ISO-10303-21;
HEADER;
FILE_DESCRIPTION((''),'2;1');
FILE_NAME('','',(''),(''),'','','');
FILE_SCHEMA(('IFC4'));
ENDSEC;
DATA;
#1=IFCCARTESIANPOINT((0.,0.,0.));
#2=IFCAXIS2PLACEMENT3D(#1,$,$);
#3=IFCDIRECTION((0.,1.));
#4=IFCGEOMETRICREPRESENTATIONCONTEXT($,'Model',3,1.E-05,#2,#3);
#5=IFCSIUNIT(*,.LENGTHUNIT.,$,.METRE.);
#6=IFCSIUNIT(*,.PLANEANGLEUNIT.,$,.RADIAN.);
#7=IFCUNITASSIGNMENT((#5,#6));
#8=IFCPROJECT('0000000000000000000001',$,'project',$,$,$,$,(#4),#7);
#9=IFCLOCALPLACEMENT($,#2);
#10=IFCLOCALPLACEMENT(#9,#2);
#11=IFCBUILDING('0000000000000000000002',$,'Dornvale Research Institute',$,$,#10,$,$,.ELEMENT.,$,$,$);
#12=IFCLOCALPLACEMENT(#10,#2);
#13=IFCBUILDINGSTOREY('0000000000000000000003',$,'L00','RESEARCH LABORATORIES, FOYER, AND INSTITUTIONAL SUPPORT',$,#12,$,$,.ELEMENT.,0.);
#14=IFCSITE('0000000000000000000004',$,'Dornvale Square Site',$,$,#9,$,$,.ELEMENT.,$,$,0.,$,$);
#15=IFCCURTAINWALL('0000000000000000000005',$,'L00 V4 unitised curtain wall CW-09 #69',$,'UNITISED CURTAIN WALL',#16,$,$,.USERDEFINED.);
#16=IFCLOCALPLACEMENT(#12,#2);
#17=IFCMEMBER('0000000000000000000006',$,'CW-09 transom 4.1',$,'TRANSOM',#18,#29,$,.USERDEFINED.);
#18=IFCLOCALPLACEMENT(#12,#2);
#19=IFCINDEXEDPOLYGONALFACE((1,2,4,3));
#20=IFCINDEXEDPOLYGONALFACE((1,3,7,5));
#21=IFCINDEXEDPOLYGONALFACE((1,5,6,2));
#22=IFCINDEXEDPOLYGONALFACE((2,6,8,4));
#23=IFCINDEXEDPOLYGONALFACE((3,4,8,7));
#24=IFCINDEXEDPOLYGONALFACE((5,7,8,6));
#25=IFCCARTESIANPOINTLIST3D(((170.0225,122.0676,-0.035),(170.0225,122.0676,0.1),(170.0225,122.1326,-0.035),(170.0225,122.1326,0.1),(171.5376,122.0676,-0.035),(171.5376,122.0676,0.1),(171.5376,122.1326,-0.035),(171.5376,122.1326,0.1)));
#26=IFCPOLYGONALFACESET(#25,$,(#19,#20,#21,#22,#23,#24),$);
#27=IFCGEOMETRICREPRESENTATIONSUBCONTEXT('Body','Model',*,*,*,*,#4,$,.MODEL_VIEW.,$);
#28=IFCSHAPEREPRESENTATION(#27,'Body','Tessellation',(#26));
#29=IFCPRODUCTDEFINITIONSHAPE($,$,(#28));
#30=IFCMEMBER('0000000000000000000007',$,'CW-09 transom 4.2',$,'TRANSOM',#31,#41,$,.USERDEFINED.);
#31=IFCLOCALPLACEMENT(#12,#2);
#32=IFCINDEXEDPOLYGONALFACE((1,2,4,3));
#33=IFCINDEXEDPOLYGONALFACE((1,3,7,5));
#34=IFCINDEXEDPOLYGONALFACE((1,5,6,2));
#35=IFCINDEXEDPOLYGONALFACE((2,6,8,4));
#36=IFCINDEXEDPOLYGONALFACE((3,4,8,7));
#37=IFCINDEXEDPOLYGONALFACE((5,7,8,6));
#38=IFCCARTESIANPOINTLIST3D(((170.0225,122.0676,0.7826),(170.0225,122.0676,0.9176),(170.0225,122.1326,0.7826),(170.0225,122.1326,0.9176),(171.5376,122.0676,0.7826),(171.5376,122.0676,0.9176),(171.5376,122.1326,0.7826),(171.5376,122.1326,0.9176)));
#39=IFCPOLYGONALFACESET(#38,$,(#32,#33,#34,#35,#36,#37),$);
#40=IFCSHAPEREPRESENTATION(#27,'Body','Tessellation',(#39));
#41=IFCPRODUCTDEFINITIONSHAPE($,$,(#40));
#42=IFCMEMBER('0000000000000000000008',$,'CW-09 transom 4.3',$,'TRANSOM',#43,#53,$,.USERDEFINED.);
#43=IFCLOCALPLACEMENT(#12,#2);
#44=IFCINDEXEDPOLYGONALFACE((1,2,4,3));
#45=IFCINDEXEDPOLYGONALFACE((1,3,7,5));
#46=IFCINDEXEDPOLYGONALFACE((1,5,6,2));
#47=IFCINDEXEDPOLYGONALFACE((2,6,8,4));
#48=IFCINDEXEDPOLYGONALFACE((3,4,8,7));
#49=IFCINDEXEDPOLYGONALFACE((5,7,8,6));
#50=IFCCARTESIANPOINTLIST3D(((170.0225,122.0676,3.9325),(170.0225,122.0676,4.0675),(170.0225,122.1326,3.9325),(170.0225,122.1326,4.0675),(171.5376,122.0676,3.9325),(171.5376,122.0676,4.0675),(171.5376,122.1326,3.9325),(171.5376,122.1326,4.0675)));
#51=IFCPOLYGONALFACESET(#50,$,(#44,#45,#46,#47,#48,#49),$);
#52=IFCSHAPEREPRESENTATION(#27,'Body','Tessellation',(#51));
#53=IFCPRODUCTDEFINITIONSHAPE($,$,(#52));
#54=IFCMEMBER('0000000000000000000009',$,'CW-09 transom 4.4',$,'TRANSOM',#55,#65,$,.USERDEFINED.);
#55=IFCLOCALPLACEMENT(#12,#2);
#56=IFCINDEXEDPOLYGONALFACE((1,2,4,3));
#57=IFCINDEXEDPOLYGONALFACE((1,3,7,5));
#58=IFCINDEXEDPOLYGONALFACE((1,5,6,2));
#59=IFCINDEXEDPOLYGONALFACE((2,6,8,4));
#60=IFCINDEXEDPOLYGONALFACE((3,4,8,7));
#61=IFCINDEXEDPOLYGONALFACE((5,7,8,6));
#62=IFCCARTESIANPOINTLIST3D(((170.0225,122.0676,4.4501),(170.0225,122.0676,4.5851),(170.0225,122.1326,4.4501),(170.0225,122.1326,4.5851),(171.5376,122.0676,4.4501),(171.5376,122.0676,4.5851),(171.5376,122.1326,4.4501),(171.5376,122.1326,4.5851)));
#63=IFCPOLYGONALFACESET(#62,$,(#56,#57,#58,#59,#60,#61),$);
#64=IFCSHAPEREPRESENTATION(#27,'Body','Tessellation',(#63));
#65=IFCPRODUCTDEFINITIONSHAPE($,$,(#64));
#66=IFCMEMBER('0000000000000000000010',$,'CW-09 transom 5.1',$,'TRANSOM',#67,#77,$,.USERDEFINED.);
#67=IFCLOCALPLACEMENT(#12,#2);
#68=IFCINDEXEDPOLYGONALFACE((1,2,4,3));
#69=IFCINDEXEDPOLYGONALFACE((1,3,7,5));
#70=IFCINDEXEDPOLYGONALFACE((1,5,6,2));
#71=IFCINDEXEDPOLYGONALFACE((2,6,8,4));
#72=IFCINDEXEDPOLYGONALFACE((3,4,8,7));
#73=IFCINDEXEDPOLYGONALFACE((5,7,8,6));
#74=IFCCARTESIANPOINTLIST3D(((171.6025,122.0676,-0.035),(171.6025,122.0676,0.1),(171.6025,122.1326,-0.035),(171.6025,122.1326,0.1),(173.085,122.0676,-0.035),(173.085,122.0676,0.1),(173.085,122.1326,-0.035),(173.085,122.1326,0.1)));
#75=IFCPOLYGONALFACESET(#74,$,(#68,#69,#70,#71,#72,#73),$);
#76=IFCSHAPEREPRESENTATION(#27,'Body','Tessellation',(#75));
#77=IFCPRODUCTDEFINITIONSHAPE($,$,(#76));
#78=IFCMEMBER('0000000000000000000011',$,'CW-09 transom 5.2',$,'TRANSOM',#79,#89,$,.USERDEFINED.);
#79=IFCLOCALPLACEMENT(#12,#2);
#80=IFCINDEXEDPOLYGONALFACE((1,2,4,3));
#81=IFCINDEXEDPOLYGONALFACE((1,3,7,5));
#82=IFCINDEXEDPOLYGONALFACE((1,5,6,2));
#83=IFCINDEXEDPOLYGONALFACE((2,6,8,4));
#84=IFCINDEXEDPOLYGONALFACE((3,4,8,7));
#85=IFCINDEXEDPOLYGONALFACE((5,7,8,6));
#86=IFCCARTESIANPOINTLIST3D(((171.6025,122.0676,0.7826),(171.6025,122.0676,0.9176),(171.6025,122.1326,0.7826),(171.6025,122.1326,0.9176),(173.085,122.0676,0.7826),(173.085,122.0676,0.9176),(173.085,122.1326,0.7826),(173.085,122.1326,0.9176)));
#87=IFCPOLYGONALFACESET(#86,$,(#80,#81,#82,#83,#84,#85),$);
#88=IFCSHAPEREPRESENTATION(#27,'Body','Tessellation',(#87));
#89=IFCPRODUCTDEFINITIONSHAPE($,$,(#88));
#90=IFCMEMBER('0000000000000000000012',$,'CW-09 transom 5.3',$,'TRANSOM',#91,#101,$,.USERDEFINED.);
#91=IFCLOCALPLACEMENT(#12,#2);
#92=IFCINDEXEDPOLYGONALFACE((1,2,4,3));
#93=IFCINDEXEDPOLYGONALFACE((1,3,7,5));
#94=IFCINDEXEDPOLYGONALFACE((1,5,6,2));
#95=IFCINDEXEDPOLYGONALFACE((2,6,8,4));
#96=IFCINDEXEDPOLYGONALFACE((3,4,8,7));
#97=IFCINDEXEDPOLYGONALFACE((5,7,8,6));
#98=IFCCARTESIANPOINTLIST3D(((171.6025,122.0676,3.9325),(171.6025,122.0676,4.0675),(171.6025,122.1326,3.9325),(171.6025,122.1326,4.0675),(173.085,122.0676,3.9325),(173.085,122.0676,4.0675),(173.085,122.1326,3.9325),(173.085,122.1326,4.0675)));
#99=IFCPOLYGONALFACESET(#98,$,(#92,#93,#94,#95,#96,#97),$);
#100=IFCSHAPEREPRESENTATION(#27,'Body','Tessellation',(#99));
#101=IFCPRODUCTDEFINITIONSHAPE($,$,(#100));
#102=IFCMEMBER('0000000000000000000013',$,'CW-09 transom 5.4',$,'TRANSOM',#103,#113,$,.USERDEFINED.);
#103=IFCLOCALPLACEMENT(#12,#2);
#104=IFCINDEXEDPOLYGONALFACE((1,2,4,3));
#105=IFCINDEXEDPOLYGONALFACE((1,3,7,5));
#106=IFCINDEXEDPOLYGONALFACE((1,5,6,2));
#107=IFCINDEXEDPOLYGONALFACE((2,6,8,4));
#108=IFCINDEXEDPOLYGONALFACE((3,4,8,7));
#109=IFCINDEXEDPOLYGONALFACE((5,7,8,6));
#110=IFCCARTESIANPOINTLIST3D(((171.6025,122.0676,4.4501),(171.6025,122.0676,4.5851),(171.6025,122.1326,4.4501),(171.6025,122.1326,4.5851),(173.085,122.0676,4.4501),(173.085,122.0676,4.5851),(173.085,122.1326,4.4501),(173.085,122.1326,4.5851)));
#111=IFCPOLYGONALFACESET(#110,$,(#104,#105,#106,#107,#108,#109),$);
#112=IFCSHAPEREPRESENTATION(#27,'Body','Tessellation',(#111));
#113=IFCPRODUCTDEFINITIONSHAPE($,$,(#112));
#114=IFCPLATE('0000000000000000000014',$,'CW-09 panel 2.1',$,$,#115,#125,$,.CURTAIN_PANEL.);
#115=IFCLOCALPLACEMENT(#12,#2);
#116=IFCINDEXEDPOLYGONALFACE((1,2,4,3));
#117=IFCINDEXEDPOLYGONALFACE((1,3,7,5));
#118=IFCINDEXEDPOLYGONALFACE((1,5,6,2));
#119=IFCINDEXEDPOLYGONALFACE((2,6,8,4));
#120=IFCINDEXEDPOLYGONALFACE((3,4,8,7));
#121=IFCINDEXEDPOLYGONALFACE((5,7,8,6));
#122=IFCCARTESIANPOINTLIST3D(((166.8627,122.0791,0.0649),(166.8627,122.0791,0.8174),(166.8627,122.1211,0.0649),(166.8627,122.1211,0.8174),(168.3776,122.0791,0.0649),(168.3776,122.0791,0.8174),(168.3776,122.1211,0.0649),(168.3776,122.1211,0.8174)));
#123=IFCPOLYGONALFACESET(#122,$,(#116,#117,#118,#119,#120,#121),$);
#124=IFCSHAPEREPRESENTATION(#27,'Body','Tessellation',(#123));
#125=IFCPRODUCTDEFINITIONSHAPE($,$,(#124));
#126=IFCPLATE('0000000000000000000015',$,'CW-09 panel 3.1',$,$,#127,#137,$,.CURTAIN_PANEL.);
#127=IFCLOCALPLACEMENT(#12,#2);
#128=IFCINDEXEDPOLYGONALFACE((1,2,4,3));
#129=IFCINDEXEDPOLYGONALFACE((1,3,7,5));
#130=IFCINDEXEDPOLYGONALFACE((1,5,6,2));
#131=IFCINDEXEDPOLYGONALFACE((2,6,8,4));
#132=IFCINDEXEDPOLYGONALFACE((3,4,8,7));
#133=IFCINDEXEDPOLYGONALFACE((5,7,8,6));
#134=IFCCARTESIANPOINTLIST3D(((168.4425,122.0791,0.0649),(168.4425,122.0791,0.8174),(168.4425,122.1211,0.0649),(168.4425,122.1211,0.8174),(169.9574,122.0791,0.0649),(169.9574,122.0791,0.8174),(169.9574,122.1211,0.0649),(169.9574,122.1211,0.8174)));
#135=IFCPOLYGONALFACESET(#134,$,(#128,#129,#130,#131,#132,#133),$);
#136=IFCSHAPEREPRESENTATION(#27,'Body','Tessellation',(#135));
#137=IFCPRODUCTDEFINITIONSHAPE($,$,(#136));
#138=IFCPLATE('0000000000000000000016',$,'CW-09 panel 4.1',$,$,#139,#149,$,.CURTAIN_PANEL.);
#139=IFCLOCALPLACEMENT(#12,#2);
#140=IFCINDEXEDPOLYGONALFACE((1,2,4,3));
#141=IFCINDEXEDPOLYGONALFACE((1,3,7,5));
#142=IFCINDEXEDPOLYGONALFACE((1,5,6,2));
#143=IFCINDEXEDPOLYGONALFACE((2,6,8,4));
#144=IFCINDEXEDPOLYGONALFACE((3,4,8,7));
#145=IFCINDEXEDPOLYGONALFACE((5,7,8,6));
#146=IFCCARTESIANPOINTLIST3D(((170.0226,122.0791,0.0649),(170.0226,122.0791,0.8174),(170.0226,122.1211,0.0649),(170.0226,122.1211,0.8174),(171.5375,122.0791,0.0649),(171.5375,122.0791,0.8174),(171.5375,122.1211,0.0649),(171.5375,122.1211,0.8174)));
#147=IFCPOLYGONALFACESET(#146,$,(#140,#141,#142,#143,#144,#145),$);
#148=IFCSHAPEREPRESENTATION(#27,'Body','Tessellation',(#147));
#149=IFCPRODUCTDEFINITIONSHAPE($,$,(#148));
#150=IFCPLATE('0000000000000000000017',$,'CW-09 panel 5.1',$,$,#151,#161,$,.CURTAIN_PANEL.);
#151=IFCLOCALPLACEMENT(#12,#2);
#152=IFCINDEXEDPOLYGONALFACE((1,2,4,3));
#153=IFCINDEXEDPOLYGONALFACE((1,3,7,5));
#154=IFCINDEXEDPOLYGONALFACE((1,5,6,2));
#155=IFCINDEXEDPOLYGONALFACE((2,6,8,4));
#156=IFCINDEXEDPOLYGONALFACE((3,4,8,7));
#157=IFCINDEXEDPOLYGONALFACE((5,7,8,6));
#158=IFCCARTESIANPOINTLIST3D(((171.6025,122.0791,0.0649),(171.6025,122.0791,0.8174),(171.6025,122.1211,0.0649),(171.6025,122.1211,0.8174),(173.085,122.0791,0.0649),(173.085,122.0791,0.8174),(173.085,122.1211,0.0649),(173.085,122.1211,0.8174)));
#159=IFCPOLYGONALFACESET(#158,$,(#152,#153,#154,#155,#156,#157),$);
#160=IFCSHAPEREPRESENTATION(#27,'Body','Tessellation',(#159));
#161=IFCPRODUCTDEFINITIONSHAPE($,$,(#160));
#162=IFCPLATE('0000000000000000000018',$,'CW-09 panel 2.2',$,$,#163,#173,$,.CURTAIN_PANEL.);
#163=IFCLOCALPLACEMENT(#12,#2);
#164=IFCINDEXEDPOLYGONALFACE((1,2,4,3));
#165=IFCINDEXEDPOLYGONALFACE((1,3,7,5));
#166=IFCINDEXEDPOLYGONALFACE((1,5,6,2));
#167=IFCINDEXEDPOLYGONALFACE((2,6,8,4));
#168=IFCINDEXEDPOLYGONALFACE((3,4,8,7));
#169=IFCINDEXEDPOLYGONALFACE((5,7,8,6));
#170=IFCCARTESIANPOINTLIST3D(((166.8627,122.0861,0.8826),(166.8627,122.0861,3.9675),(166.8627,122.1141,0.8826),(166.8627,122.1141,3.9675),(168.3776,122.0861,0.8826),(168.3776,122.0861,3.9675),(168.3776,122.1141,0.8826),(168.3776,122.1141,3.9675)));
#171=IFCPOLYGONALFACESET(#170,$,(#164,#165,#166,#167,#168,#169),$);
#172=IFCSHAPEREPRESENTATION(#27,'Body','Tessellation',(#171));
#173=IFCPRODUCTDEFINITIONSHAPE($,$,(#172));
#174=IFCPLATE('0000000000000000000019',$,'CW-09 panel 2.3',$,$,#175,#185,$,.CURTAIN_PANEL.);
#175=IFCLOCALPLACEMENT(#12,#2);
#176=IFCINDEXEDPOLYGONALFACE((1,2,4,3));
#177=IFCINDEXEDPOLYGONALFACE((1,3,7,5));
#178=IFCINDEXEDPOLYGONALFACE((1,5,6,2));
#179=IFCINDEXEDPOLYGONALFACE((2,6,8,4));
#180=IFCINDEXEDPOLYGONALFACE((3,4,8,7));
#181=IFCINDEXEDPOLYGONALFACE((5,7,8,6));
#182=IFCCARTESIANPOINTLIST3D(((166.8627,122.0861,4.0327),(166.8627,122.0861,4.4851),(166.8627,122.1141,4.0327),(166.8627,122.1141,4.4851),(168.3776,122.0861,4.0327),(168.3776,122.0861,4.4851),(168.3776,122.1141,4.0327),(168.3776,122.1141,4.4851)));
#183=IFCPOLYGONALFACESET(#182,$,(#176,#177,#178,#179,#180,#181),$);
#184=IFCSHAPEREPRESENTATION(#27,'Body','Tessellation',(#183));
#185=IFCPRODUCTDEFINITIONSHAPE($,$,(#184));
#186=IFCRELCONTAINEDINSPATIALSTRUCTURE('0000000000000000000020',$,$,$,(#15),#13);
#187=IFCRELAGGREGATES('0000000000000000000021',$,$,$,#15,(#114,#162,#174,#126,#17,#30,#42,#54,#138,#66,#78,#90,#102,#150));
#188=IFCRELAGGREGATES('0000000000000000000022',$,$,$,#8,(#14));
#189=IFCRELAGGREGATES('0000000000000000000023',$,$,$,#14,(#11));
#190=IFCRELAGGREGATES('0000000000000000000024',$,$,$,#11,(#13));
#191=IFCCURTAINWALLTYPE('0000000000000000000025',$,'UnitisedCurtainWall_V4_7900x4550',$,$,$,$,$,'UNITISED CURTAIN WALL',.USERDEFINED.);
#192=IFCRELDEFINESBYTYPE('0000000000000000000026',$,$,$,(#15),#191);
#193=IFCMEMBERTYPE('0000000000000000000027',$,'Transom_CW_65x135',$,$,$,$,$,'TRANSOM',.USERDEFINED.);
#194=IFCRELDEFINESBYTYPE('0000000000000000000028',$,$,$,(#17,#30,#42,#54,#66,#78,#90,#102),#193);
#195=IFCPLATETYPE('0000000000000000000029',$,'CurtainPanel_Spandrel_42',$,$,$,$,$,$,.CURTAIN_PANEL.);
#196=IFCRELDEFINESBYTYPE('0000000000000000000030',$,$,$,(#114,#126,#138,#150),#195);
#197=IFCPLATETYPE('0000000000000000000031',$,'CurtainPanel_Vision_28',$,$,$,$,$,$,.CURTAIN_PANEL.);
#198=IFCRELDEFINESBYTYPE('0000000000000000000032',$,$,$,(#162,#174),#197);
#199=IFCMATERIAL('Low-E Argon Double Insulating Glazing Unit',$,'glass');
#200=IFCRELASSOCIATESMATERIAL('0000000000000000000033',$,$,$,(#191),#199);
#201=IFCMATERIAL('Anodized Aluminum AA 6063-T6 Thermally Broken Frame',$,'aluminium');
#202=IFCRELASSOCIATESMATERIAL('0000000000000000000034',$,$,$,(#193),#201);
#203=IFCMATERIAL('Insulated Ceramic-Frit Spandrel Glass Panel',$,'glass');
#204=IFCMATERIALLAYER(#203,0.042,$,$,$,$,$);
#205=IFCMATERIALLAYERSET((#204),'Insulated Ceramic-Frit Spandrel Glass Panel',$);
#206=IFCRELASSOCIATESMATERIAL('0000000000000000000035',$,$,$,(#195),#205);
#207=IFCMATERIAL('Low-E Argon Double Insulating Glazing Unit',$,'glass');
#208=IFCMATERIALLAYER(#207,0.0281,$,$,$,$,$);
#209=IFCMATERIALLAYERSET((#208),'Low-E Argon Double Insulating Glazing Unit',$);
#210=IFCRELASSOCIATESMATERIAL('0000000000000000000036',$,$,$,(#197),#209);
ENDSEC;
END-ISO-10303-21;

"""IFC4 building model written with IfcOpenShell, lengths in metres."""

from ifc_helpers import new_model, si_unit, direction, frame, origin, origin_2d, place, context, subcontext, project, spatial, rectangle, extrude, material, layer, layer_set, material_profile, profile_set, type_object, element, aggregate, save


model = new_model("IFC4")

# Units and contexts
model_context = context("Model", 3, precision=1e-05, world=origin(), true_north=direction((0.0, 1.0)))
body_context = subcontext(model_context, "Body", "Model", "MODEL_VIEW")
ifc_project = project(units=[si_unit("LENGTHUNIT", "METRE"), si_unit("PLANEANGLEUNIT", "RADIAN")], contexts=[model_context])

# Site, building, storey
site_placement = place(None, origin())
site = spatial("IfcSite", under=ifc_project, at=site_placement, Name="Dornvale Square Site", CompositionType="ELEMENT", RefElevation=0.0)
building_placement = place(site_placement, origin())
building = spatial("IfcBuilding", under=site, at=building_placement, Name="Dornvale Research Institute", CompositionType="ELEMENT")
storey_placement = place(building_placement, origin())
storey = spatial("IfcBuildingStorey", under=building, at=storey_placement, Name="L00", Description="RESEARCH LABORATORIES, FOYER, AND INSTITUTIONAL SUPPORT", CompositionType="ELEMENT", Elevation=0.0)

# Curtain wall, members, plates
ifc_material_1 = material(Name="Low-E Argon Double Insulating Glazing Unit", Category="glass")
curtain_wall_type = type_object("IfcCurtainWallType", Name="UnitisedCurtainWall_V4_7900x4550", ElementType="UNITISED CURTAIN WALL", PredefinedType="USERDEFINED", material=ifc_material_1)
curtain_wall_placement = place(storey_placement, origin())
curtain_wall = element("IfcCurtainWall", 1, at=curtain_wall_placement, inside=storey, type_object=curtain_wall_type, Name="L00 V4 unitised curtain wall CW-09 #69", ObjectType="UNITISED CURTAIN WALL", PredefinedType="USERDEFINED")
ifc_material_2 = material(Name="Anodized Aluminum AA 6063-T6 Thermally Broken Frame", Category="aluminium")
ifc_material_profile_1 = material_profile(ifc_material_2, rectangle(XDim=0.0649, YDim=0.135, at=origin_2d()), Name="ALU TRANSOM 65x135")
ifc_profile_set_1 = profile_set([ifc_material_profile_1], Name="Anodized Aluminum AA 6063-T6 Thermally Broken Frame")
member_type_1 = type_object("IfcMemberType", Name="Transom_CW_65x135", ElementType="TRANSOM", PredefinedType="USERDEFINED", material=ifc_profile_set_1)
member_1_placement = place(storey_placement, frame((170.0225, 122.1001, 0.0325), z_axis=(1.0, 0.0, 0.0), x_axis=(0.0, 1.0, 0.0)))
member_1 = element("IfcMember", 2, at=member_1_placement, type_object=member_type_1, Name="CW-09 transom 4.1", ObjectType="TRANSOM", PredefinedType="USERDEFINED", context=body_context, shape_type="SweptSolid", body=[
    extrude(rectangle(XDim=0.0649, YDim=0.135, at=origin_2d()), origin(), (0.0, 0.0, 1.0), 1.5151),
])
member_2_placement = place(storey_placement, frame((170.0225, 122.1001, 0.8501), z_axis=(1.0, 0.0, 0.0), x_axis=(0.0, 1.0, 0.0)))
member_2 = element("IfcMember", 3, at=member_2_placement, type_object=member_type_1, Name="CW-09 transom 4.2", ObjectType="TRANSOM", PredefinedType="USERDEFINED", context=body_context, shape_type="SweptSolid", body=[
    extrude(rectangle(XDim=0.0649, YDim=0.135, at=origin_2d()), origin(), (0.0, 0.0, 1.0), 1.5151),
])
member_3_placement = place(storey_placement, frame((170.0225, 122.1001, 4.0), z_axis=(1.0, 0.0, 0.0), x_axis=(0.0, 1.0, 0.0)))
member_3 = element("IfcMember", 4, at=member_3_placement, type_object=member_type_1, Name="CW-09 transom 4.3", ObjectType="TRANSOM", PredefinedType="USERDEFINED", context=body_context, shape_type="SweptSolid", body=[
    extrude(rectangle(XDim=0.0649, YDim=0.135, at=origin_2d()), origin(), (0.0, 0.0, 1.0), 1.5151),
])
member_4_placement = place(storey_placement, frame((170.0225, 122.1001, 4.5176), z_axis=(1.0, 0.0, 0.0), x_axis=(0.0, 1.0, 0.0)))
member_4 = element("IfcMember", 5, at=member_4_placement, type_object=member_type_1, Name="CW-09 transom 4.4", ObjectType="TRANSOM", PredefinedType="USERDEFINED", context=body_context, shape_type="SweptSolid", body=[
    extrude(rectangle(XDim=0.0649, YDim=0.135, at=origin_2d()), origin(), (0.0, 0.0, 1.0), 1.5151),
])
member_5_placement = place(storey_placement, frame((171.6025, 122.1001, 0.0325), z_axis=(1.0, 0.0, 0.0), x_axis=(0.0, 1.0, 0.0)))
member_5 = element("IfcMember", 6, at=member_5_placement, type_object=member_type_1, Name="CW-09 transom 5.1", ObjectType="TRANSOM", PredefinedType="USERDEFINED", context=body_context, shape_type="SweptSolid", body=[
    extrude(rectangle(XDim=0.0649, YDim=0.135, at=origin_2d()), origin(), (0.0, 0.0, 1.0), 1.4824),
])
member_6_placement = place(storey_placement, frame((171.6025, 122.1001, 0.8501), z_axis=(1.0, 0.0, 0.0), x_axis=(0.0, 1.0, 0.0)))
member_6 = element("IfcMember", 7, at=member_6_placement, type_object=member_type_1, Name="CW-09 transom 5.2", ObjectType="TRANSOM", PredefinedType="USERDEFINED", context=body_context, shape_type="SweptSolid", body=[
    extrude(rectangle(XDim=0.0649, YDim=0.135, at=origin_2d()), origin(), (0.0, 0.0, 1.0), 1.4824),
])
member_7_placement = place(storey_placement, frame((171.6025, 122.1001, 4.0), z_axis=(1.0, 0.0, 0.0), x_axis=(0.0, 1.0, 0.0)))
member_7 = element("IfcMember", 8, at=member_7_placement, type_object=member_type_1, Name="CW-09 transom 5.3", ObjectType="TRANSOM", PredefinedType="USERDEFINED", context=body_context, shape_type="SweptSolid", body=[
    extrude(rectangle(XDim=0.0649, YDim=0.135, at=origin_2d()), origin(), (0.0, 0.0, 1.0), 1.4824),
])
member_8_placement = place(storey_placement, frame((171.6025, 122.1001, 4.5176), z_axis=(1.0, 0.0, 0.0), x_axis=(0.0, 1.0, 0.0)))
member_8 = element("IfcMember", 9, at=member_8_placement, type_object=member_type_1, Name="CW-09 transom 5.4", ObjectType="TRANSOM", PredefinedType="USERDEFINED", context=body_context, shape_type="SweptSolid", body=[
    extrude(rectangle(XDim=0.0649, YDim=0.135, at=origin_2d()), origin(), (0.0, 0.0, 1.0), 1.4824),
])
ifc_material_3 = material(Name="Insulated Ceramic-Frit Spandrel Glass Panel", Category="glass")
ifc_layer_1 = layer(ifc_material_3, 0.042)
ifc_layer_set_1 = layer_set([ifc_layer_1], Name="Insulated Ceramic-Frit Spandrel Glass Panel")
plate_type_1 = type_object("IfcPlateType", Name="CurtainPanel_Spandrel_42", PredefinedType="CURTAIN_PANEL", material=ifc_layer_set_1)
plate_1_placement = place(storey_placement, frame((167.6201, 122.1001, 0.0649), z_axis=(0.0, 0.0, 1.0), x_axis=(1.0, 0.0, 0.0)))
plate_1 = element("IfcPlate", 10, at=plate_1_placement, type_object=plate_type_1, Name="CW-09 panel 2.1", PredefinedType="CURTAIN_PANEL", context=body_context, shape_type="SweptSolid", body=[
    extrude(rectangle(XDim=1.5149, YDim=0.042, at=origin_2d()), origin(), (0.0, 0.0, 1.0), 0.7524),
])
plate_2_placement = place(storey_placement, frame((169.2, 122.1001, 0.0649), z_axis=(0.0, 0.0, 1.0), x_axis=(1.0, 0.0, 0.0)))
plate_2 = element("IfcPlate", 11, at=plate_2_placement, type_object=plate_type_1, Name="CW-09 panel 3.1", PredefinedType="CURTAIN_PANEL", context=body_context, shape_type="SweptSolid", body=[
    extrude(rectangle(XDim=1.5149, YDim=0.042, at=origin_2d()), origin(), (0.0, 0.0, 1.0), 0.7524),
])
plate_3_placement = place(storey_placement, frame((170.78, 122.1001, 0.0649), z_axis=(0.0, 0.0, 1.0), x_axis=(1.0, 0.0, 0.0)))
plate_3 = element("IfcPlate", 12, at=plate_3_placement, type_object=plate_type_1, Name="CW-09 panel 4.1", PredefinedType="CURTAIN_PANEL", context=body_context, shape_type="SweptSolid", body=[
    extrude(rectangle(XDim=1.5149, YDim=0.042, at=origin_2d()), origin(), (0.0, 0.0, 1.0), 0.7524),
])
plate_4_placement = place(storey_placement, frame((172.3438, 122.1001, 0.0649), z_axis=(0.0, 0.0, 1.0), x_axis=(1.0, 0.0, 0.0)))
plate_4 = element("IfcPlate", 13, at=plate_4_placement, type_object=plate_type_1, Name="CW-09 panel 5.1", PredefinedType="CURTAIN_PANEL", context=body_context, shape_type="SweptSolid", body=[
    extrude(rectangle(XDim=1.4824, YDim=0.042, at=origin_2d()), origin(), (0.0, 0.0, 1.0), 0.7524),
])
ifc_material_4 = material(Name="Low-E Argon Double Insulating Glazing Unit", Category="glass")
ifc_layer_2 = layer(ifc_material_4, 0.0281)
ifc_layer_set_2 = layer_set([ifc_layer_2], Name="Low-E Argon Double Insulating Glazing Unit")
plate_type_2 = type_object("IfcPlateType", Name="CurtainPanel_Vision_28", PredefinedType="CURTAIN_PANEL", material=ifc_layer_set_2)
plate_5_placement = place(storey_placement, frame((167.6201, 122.1001, 0.8826), z_axis=(0.0, 0.0, 1.0), x_axis=(1.0, 0.0, 0.0)))
plate_5 = element("IfcPlate", 14, at=plate_5_placement, type_object=plate_type_2, Name="CW-09 panel 2.2", PredefinedType="CURTAIN_PANEL", context=body_context, shape_type="SweptSolid", body=[
    extrude(rectangle(XDim=1.5149, YDim=0.0281, at=origin_2d()), origin(), (0.0, 0.0, 1.0), 3.085),
])
plate_6_placement = place(storey_placement, frame((167.6201, 122.1001, 4.0327), z_axis=(0.0, 0.0, 1.0), x_axis=(1.0, 0.0, 0.0)))
plate_6 = element("IfcPlate", 15, at=plate_6_placement, type_object=plate_type_2, Name="CW-09 panel 2.3", PredefinedType="CURTAIN_PANEL", context=body_context, shape_type="SweptSolid", body=[
    extrude(rectangle(XDim=1.5149, YDim=0.0281, at=origin_2d()), origin(), (0.0, 0.0, 1.0), 0.4524),
])
aggregate(curtain_wall, [plate_1, plate_5, plate_6, plate_2, member_1, member_2, member_3, member_4, plate_3, member_5, member_6, member_7, member_8, plate_4])

save(model, "model.ifc")
